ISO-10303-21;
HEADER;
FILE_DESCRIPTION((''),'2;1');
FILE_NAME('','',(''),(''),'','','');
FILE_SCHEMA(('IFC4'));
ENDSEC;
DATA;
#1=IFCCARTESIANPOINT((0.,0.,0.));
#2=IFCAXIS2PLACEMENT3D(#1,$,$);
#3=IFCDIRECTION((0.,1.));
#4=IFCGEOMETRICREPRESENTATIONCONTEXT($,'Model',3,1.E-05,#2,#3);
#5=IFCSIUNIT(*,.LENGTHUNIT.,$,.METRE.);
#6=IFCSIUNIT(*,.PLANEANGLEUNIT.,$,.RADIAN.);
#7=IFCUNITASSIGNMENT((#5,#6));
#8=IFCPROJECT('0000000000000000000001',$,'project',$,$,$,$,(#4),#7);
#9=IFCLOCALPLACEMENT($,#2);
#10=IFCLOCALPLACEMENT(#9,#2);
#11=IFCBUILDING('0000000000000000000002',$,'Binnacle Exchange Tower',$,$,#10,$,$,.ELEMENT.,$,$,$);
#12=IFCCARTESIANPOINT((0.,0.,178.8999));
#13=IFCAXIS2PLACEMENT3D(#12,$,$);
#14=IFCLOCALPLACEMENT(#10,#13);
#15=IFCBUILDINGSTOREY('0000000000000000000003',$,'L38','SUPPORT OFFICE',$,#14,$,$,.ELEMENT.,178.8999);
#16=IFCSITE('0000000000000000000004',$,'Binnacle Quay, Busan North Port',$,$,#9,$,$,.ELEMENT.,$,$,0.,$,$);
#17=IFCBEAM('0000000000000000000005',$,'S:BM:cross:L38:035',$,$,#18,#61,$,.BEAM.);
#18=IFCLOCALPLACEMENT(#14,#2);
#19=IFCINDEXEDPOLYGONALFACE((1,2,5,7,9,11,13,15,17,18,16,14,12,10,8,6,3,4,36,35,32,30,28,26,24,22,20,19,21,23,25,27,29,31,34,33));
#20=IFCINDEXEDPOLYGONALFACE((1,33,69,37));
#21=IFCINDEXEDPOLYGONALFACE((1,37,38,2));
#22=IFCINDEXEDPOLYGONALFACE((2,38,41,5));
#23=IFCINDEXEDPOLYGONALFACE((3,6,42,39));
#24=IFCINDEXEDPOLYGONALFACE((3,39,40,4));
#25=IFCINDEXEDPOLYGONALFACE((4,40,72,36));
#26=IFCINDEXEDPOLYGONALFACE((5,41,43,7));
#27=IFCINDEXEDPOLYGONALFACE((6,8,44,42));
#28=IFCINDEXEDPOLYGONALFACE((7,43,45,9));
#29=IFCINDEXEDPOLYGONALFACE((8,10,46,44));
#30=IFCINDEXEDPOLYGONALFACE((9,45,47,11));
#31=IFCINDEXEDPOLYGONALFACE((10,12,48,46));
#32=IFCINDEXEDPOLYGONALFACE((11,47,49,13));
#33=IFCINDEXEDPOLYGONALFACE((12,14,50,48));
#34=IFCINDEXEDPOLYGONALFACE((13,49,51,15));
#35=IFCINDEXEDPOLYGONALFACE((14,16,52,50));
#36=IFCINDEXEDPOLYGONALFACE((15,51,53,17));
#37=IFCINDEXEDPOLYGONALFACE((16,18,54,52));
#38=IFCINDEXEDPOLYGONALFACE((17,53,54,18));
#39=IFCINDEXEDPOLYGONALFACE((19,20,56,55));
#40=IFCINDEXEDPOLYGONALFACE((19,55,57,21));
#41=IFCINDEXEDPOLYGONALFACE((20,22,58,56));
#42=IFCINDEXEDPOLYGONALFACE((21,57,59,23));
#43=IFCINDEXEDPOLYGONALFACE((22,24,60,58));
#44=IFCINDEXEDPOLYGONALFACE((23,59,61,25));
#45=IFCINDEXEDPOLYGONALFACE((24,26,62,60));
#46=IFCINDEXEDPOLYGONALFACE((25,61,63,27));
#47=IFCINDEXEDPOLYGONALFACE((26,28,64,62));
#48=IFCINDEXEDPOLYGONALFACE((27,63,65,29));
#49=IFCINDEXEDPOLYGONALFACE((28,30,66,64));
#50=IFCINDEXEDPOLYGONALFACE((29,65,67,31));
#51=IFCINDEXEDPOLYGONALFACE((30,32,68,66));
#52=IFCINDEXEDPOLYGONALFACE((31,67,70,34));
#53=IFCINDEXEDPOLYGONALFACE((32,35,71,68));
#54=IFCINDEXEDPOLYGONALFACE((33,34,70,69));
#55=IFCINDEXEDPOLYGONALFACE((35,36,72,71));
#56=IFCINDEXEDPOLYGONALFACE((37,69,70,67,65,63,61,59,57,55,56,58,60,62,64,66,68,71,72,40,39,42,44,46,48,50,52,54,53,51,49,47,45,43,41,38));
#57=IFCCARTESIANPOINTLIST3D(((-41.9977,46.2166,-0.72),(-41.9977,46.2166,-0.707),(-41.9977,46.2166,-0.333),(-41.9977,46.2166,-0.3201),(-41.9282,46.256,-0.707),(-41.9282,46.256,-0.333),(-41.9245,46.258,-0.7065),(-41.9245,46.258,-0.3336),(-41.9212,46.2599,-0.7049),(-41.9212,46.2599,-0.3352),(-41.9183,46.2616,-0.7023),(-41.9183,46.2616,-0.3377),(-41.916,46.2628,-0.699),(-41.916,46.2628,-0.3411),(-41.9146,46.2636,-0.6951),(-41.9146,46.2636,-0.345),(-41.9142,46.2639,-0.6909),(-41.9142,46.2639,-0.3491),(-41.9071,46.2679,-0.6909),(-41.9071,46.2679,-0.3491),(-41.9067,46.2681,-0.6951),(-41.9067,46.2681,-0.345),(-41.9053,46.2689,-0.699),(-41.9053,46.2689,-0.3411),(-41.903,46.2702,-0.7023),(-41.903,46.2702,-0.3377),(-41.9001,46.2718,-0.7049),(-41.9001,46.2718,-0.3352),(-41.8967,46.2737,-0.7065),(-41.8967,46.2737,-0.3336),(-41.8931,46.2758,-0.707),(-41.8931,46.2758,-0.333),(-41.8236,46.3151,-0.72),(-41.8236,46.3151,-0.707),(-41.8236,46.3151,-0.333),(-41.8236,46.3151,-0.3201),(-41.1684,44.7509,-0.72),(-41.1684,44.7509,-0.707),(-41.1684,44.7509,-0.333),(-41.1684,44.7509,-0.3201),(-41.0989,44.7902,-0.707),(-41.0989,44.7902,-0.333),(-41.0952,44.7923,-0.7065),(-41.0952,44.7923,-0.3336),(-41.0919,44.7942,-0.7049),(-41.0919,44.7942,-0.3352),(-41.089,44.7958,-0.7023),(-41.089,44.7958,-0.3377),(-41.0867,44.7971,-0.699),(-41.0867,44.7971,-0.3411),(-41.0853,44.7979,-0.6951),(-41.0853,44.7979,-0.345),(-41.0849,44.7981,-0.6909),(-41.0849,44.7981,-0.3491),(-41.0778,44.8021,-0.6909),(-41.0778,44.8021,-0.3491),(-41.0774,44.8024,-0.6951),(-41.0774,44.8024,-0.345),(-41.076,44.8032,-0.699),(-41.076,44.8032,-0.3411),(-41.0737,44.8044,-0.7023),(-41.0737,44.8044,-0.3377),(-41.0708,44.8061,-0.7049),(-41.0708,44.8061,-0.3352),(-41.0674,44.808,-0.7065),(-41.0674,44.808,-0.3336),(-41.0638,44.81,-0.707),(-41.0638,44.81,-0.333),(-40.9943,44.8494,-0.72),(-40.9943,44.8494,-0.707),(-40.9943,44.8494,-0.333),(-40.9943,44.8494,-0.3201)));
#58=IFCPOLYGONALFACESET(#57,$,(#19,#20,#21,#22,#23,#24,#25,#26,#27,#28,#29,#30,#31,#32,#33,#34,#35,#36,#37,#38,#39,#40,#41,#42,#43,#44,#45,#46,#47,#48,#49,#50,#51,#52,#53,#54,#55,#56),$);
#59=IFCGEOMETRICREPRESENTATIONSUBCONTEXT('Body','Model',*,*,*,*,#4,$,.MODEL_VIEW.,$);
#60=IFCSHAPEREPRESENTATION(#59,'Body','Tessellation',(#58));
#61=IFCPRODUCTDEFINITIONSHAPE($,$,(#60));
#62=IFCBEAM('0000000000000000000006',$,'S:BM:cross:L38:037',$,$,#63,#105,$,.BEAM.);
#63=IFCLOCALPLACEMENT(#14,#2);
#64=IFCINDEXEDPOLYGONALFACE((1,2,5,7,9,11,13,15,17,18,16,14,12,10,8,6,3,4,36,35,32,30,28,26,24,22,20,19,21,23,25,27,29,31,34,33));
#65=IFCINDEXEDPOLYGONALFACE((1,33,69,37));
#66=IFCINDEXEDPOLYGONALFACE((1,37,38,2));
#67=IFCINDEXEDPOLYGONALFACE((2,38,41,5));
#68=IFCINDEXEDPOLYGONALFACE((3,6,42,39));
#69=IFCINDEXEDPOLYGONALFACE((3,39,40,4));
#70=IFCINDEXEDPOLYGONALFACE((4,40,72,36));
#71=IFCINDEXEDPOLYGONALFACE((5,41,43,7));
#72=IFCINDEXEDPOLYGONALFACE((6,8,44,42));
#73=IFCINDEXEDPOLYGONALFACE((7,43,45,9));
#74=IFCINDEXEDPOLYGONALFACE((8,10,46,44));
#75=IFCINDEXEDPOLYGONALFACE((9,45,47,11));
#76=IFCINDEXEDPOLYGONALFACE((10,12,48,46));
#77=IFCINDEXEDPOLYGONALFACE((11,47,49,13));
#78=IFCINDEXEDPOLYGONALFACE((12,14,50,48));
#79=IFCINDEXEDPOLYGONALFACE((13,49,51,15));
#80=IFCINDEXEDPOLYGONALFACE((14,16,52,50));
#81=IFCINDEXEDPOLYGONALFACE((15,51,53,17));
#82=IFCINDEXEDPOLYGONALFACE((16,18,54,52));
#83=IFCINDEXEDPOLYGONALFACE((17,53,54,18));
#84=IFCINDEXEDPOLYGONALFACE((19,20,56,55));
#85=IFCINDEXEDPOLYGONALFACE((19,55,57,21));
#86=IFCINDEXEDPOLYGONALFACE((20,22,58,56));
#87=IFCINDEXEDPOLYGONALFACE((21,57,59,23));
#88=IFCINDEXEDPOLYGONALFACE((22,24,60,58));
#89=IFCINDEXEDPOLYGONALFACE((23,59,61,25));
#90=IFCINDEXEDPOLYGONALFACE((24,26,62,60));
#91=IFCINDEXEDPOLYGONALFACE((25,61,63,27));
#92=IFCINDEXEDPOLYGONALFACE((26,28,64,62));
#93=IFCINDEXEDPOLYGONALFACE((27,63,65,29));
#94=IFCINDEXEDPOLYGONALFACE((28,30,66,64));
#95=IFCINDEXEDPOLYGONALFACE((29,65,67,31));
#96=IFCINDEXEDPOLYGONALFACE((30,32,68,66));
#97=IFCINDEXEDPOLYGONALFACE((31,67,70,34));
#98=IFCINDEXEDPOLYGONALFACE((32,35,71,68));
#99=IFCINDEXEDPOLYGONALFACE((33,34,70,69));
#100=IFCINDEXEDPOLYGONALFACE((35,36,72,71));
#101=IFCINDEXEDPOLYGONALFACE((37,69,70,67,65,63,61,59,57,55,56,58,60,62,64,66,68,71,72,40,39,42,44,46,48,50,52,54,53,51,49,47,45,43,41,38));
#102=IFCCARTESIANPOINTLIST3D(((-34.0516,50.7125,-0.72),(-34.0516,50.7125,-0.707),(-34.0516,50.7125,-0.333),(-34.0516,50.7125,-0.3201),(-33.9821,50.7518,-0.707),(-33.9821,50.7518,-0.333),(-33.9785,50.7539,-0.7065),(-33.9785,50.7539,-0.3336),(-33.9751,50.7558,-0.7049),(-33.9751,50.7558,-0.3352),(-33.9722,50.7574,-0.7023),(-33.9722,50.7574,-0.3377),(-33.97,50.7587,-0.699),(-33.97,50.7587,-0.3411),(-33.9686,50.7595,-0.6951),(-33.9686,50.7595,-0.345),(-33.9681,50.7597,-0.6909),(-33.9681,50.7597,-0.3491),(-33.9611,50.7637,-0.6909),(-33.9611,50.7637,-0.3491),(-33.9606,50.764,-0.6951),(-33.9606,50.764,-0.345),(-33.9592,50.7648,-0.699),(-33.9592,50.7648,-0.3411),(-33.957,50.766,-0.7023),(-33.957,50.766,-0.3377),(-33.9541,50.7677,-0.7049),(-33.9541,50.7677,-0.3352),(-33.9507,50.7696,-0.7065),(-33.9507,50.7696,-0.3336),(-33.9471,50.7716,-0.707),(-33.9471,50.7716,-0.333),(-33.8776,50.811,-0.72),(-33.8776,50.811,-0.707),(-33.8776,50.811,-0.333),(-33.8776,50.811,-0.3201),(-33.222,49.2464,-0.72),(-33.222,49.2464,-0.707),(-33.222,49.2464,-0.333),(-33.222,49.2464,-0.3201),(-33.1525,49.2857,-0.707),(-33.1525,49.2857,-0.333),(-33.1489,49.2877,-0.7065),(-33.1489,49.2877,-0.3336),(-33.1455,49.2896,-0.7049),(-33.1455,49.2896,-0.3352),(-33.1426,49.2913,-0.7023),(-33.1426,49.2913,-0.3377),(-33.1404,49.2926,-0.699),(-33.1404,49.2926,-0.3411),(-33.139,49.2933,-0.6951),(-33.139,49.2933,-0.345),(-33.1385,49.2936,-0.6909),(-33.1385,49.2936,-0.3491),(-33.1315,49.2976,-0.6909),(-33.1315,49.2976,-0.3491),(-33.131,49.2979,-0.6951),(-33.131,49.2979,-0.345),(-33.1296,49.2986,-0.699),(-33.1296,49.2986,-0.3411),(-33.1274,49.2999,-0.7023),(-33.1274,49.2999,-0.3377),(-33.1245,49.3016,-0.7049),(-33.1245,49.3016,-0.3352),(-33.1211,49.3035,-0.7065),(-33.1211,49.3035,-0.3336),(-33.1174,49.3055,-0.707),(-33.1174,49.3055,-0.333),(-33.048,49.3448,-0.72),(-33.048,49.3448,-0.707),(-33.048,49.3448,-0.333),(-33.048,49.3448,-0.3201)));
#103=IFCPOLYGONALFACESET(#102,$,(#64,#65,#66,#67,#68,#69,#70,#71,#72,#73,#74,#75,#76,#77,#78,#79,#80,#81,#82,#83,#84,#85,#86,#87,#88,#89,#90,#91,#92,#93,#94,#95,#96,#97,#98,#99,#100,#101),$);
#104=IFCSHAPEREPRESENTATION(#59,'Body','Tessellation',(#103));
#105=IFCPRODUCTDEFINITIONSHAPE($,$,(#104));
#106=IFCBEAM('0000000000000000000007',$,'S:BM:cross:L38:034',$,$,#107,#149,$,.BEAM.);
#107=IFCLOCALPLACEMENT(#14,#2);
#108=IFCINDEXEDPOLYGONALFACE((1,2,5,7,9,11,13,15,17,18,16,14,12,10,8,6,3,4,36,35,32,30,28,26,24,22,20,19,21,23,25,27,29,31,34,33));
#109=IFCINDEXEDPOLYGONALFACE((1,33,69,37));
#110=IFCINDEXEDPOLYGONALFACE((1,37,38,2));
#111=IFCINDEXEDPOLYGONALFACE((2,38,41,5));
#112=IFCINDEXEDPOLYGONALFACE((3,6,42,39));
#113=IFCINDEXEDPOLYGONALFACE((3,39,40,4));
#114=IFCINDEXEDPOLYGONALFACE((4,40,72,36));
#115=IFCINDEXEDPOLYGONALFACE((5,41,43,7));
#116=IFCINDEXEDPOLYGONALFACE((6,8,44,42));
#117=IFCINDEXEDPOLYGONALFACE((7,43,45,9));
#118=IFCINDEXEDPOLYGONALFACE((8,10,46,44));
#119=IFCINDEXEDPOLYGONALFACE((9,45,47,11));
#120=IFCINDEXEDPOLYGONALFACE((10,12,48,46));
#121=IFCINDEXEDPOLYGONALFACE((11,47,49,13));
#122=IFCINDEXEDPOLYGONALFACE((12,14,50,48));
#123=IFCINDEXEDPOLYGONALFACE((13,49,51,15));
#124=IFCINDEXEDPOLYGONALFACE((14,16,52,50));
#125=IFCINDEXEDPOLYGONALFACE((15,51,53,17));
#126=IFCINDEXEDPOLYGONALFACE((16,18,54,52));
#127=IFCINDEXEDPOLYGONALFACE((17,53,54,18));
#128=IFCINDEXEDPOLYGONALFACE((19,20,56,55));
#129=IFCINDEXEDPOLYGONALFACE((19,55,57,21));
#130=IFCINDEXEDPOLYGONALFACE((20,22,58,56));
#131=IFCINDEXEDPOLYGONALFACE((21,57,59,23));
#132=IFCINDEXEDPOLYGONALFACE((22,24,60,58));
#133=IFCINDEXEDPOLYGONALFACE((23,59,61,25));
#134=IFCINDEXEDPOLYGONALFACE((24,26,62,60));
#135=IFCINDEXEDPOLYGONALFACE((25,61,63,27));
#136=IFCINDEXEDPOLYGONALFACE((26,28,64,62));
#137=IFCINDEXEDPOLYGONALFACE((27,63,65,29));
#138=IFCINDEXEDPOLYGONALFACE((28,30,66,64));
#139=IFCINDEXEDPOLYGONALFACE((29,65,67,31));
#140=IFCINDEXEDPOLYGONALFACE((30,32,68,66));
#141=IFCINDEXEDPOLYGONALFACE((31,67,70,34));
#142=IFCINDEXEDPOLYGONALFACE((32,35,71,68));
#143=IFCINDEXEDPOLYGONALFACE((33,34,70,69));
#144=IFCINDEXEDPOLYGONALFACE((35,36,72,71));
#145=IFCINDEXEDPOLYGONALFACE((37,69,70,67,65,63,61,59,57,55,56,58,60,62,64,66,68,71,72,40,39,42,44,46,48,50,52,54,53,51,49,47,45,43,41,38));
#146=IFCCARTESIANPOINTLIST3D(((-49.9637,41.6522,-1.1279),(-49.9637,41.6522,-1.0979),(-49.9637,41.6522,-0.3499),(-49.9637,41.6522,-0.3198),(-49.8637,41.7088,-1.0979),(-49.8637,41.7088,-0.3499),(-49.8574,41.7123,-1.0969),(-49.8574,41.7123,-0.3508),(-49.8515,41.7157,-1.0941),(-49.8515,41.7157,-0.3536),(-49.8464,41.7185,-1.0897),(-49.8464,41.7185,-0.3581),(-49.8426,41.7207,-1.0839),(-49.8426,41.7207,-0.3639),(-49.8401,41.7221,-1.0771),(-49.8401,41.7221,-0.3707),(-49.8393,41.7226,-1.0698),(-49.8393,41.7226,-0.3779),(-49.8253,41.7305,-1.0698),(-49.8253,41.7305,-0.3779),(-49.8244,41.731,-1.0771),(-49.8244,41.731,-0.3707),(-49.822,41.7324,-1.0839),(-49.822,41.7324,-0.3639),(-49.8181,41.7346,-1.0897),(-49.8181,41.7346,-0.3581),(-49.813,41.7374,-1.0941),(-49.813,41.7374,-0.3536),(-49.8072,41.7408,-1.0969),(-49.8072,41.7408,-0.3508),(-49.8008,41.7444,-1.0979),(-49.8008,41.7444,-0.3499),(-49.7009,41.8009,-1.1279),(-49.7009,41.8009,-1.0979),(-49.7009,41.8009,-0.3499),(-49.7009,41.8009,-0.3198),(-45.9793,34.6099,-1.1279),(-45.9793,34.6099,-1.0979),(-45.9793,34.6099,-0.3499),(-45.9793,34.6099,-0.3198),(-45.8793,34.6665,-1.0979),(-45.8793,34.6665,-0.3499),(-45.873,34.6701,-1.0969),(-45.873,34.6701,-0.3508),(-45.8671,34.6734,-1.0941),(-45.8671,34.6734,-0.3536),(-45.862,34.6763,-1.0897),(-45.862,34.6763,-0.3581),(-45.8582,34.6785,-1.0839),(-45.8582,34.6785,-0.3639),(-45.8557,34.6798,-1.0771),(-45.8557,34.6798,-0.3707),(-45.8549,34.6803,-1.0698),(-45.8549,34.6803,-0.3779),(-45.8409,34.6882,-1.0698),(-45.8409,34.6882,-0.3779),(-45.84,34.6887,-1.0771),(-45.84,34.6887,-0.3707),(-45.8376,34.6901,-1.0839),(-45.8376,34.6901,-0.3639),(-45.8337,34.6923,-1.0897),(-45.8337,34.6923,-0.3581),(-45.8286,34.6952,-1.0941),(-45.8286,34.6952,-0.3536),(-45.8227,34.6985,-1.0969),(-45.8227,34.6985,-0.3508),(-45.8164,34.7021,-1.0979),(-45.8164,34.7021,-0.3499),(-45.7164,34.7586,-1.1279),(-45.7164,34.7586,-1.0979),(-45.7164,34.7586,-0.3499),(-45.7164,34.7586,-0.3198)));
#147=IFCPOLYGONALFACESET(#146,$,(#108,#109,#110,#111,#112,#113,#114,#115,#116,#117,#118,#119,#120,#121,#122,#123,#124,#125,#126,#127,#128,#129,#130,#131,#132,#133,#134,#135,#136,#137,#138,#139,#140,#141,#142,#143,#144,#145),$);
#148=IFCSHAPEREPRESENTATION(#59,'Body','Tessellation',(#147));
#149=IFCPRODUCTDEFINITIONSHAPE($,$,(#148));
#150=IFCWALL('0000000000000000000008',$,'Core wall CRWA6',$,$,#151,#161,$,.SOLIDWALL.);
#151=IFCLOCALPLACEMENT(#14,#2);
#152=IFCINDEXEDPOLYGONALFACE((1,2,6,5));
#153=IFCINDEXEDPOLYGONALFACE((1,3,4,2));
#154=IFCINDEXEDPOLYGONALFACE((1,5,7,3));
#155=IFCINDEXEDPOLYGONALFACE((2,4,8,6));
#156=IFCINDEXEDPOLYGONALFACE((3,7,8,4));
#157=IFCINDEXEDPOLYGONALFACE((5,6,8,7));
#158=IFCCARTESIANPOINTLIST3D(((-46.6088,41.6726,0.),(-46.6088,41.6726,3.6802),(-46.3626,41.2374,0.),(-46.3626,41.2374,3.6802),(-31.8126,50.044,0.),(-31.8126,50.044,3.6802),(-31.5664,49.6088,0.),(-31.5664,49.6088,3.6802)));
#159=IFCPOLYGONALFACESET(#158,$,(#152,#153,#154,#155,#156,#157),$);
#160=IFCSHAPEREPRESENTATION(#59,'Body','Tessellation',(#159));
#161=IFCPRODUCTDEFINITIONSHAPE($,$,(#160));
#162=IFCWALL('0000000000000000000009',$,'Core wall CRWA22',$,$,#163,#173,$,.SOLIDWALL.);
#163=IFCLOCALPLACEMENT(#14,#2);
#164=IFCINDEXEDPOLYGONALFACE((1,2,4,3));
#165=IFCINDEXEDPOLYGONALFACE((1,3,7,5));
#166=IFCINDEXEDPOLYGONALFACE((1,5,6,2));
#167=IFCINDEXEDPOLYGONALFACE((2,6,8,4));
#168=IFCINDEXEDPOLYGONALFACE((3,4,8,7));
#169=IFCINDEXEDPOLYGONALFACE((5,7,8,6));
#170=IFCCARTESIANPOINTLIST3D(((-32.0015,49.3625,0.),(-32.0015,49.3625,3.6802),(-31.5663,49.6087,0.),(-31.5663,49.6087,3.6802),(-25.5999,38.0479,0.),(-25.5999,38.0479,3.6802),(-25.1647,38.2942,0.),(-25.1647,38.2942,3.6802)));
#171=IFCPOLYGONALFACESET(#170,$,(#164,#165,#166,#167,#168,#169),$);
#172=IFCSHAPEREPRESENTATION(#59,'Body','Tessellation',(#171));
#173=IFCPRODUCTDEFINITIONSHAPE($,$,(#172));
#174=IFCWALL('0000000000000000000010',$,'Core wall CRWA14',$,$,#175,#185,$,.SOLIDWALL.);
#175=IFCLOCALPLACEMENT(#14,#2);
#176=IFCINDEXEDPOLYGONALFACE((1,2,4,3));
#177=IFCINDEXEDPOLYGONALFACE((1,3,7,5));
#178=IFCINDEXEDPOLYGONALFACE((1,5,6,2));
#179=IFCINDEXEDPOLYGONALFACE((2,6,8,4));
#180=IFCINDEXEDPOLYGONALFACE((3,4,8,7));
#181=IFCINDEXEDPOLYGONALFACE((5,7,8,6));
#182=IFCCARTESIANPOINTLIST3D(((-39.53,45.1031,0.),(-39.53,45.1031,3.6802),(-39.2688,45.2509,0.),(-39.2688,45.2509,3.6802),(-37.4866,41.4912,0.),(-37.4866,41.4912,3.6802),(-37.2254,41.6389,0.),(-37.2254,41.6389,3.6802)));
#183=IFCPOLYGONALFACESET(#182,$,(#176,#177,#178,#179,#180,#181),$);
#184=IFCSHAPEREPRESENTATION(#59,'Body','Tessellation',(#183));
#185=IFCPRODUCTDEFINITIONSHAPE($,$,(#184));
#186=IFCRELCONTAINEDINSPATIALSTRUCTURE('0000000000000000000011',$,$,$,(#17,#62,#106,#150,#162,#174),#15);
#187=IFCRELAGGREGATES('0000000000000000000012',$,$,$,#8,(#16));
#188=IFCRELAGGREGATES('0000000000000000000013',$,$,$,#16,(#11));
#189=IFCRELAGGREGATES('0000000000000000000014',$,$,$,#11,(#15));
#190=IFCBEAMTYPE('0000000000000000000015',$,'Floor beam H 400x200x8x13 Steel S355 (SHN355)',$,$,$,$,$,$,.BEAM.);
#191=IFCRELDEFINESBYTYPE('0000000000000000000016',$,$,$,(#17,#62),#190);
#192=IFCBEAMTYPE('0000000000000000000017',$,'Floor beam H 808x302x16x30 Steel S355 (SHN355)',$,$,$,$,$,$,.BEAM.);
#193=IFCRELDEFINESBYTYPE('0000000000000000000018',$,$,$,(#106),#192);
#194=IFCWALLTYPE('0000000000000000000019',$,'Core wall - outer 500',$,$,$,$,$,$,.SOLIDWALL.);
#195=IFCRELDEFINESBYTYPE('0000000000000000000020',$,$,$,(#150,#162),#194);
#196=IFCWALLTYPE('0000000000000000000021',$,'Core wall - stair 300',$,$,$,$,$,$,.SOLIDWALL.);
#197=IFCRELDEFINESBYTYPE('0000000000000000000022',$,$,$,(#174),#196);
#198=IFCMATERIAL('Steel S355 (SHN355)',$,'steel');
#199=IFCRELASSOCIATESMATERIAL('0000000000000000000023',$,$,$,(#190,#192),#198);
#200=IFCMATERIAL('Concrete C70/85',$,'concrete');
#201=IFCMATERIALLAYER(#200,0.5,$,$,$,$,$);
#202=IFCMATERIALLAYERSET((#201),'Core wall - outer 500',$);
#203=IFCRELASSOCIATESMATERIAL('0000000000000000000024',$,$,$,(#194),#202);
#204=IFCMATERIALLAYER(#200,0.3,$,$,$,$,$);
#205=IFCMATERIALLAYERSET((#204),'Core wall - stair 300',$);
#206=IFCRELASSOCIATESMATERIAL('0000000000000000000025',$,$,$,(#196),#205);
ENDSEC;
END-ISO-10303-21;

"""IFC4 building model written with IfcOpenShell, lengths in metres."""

from ifc_helpers import new_model, si_unit, direction, frame, frame_2d, origin, origin_2d, place, context, subcontext, project, spatial, rectangle, i_section, extrude, material, layer, layer_set, material_profile, profile_set, type_object, element, save


model = new_model("IFC4")

# Units and contexts
model_context = context("Model", 3, precision=1e-05, world=origin(), true_north=direction((0.0, 1.0)))
body_context = subcontext(model_context, "Body", "Model", "MODEL_VIEW")
ifc_project = project(units=[si_unit("LENGTHUNIT", "METRE"), si_unit("PLANEANGLEUNIT", "RADIAN")], contexts=[model_context])

# Site, building, storey
site_placement = place(None, origin())
site = spatial("IfcSite", under=ifc_project, at=site_placement, Name="Binnacle Quay, Busan North Port", CompositionType="ELEMENT", RefElevation=0.0)
building_placement = place(site_placement, origin())
building = spatial("IfcBuilding", under=site, at=building_placement, Name="Binnacle Exchange Tower", CompositionType="ELEMENT")
storey_placement = place(building_placement, frame((0.0, 0.0, 178.8999)))
storey = spatial("IfcBuildingStorey", under=building, at=storey_placement, Name="L38", Description="SUPPORT OFFICE", CompositionType="ELEMENT", Elevation=178.8999)

# Shared definitions
ifc_material_1 = material(Name="Concrete C70/85", Category="concrete")

# Beams
ifc_material_2 = material(Name="Steel S355 (SHN355)", Category="steel")
ifc_material_profile_1 = material_profile(ifc_material_2, i_section(OverallWidth=0.2, OverallDepth=0.3999, WebThickness=0.0081, FlangeThickness=0.0129, FilletRadius=0.0161, at=origin_2d()), Name="H 400x200x8x13")
ifc_profile_set_1 = profile_set([ifc_material_profile_1], Name="Steel S355 (SHN355)")
beam_type_1 = type_object("IfcBeamType", Name="Floor beam H 400x200x8x13 Steel S355 (SHN355)", PredefinedType="BEAM", material=ifc_profile_set_1)
beam_1_placement = place(storey_placement, frame((-41.9106, 46.2659, -0.52), z_axis=(0.492435, -0.870349, 0.0), x_axis=(0.870349, 0.492435, 0.0)))
element("IfcBeam", 1, at=beam_1_placement, inside=storey, type_object=beam_type_1, Name="S:BM:cross:L38:035", PredefinedType="BEAM", context=body_context, shape_type="SweptSolid", body=[
    extrude(i_section(OverallWidth=0.2, OverallDepth=0.3999, WebThickness=0.0081, FlangeThickness=0.0129, FilletRadius=0.0161, at=origin_2d()), origin(), (0.0, 0.0, 1.0), 1.6841),
])
beam_2_placement = place(storey_placement, frame((-33.9646, 50.7617, -0.52), z_axis=(0.492482, -0.870322, 0.0), x_axis=(0.870322, 0.492482, 0.0)))
element("IfcBeam", 2, at=beam_2_placement, inside=storey, type_object=beam_type_1, Name="S:BM:cross:L38:037", PredefinedType="BEAM", context=body_context, shape_type="SweptSolid", body=[
    extrude(i_section(OverallWidth=0.2, OverallDepth=0.3999, WebThickness=0.0081, FlangeThickness=0.0129, FilletRadius=0.0161, at=origin_2d()), origin(), (0.0, 0.0, 1.0), 1.6846),
])
ifc_material_profile_2 = material_profile(ifc_material_2, i_section(OverallWidth=0.302, OverallDepth=0.8081, WebThickness=0.0161, FlangeThickness=0.03, FilletRadius=0.0281, at=origin_2d()), Name="H 808x302x16x30")
ifc_profile_set_2 = profile_set([ifc_material_profile_2], Name="Steel S355 (SHN355)")
beam_type_2 = type_object("IfcBeamType", Name="Floor beam H 808x302x16x30 Steel S355 (SHN355)", PredefinedType="BEAM", material=ifc_profile_set_2)
beam_3_placement = place(storey_placement, frame((-49.8323, 41.7266, -0.7239), z_axis=(0.49243, -0.870352, 0.0), x_axis=(0.870352, 0.49243, 0.0)))
element("IfcBeam", 3, at=beam_3_placement, inside=storey, type_object=beam_type_2, Name="S:BM:cross:L38:034", PredefinedType="BEAM", context=body_context, shape_type="SweptSolid", body=[
    extrude(i_section(OverallWidth=0.302, OverallDepth=0.8081, WebThickness=0.0161, FlangeThickness=0.03, FilletRadius=0.0281, at=origin_2d()), origin(), (0.0, 0.0, 1.0), 8.0913),
])

# Walls
ifc_layer_1 = layer(ifc_material_1, 0.5)
ifc_layer_set_1 = layer_set([ifc_layer_1], Name="Core wall - outer 500")
wall_type_1 = type_object("IfcWallType", Name="Core wall - outer 500", PredefinedType="SOLIDWALL", material=ifc_layer_set_1)
wall_1_placement = place(storey_placement, frame((-46.4856, 41.4551, 0.0), z_axis=(0.0, 0.0, 1.0), x_axis=(0.870354, 0.492427, 0.0)))
element("IfcWall", 4, at=wall_1_placement, inside=storey, type_object=wall_type_1, Name="Core wall CRWA6", PredefinedType="SOLIDWALL", context=body_context, shape_type="SweptSolid", body=[
    extrude(rectangle(XDim=17.0002, YDim=0.5, at=frame_2d((8.5, 0.0))), origin(), (0.0, 0.0, 1.0), 3.6802),
])
wall_2_placement = place(storey_placement, frame((-31.7839, 49.4856, 0.0), z_axis=(0.0, 0.0, 1.0), x_axis=(0.492435, -0.870349, 0.0)))
element("IfcWall", 5, at=wall_2_placement, inside=storey, type_object=wall_type_1, Name="Core wall CRWA22", PredefinedType="SOLIDWALL", context=body_context, shape_type="SweptSolid", body=[
    extrude(rectangle(XDim=13.0, YDim=0.5, at=frame_2d((6.5, 0.0))), origin(), (0.0, 0.0, 1.0), 3.6802),
])
ifc_layer_2 = layer(ifc_material_1, 0.3)
ifc_layer_set_2 = layer_set([ifc_layer_2], Name="Core wall - stair 300")
wall_type_2 = type_object("IfcWallType", Name="Core wall - stair 300", PredefinedType="SOLIDWALL", material=ifc_layer_set_2)
wall_3_placement = place(storey_placement, frame((-39.3994, 45.177, 0.0), z_axis=(0.0, 0.0, 1.0), x_axis=(0.492396, -0.870371, 0.0)))
element("IfcWall", 6, at=wall_3_placement, inside=storey, type_object=wall_type_2, Name="Core wall CRWA14", PredefinedType="SOLIDWALL", context=body_context, shape_type="SweptSolid", body=[
    extrude(rectangle(XDim=4.1499, YDim=0.3, at=frame_2d((2.075, 0.0))), origin(), (0.0, 0.0, 1.0), 3.6802),
])

save(model, "model.ifc")
